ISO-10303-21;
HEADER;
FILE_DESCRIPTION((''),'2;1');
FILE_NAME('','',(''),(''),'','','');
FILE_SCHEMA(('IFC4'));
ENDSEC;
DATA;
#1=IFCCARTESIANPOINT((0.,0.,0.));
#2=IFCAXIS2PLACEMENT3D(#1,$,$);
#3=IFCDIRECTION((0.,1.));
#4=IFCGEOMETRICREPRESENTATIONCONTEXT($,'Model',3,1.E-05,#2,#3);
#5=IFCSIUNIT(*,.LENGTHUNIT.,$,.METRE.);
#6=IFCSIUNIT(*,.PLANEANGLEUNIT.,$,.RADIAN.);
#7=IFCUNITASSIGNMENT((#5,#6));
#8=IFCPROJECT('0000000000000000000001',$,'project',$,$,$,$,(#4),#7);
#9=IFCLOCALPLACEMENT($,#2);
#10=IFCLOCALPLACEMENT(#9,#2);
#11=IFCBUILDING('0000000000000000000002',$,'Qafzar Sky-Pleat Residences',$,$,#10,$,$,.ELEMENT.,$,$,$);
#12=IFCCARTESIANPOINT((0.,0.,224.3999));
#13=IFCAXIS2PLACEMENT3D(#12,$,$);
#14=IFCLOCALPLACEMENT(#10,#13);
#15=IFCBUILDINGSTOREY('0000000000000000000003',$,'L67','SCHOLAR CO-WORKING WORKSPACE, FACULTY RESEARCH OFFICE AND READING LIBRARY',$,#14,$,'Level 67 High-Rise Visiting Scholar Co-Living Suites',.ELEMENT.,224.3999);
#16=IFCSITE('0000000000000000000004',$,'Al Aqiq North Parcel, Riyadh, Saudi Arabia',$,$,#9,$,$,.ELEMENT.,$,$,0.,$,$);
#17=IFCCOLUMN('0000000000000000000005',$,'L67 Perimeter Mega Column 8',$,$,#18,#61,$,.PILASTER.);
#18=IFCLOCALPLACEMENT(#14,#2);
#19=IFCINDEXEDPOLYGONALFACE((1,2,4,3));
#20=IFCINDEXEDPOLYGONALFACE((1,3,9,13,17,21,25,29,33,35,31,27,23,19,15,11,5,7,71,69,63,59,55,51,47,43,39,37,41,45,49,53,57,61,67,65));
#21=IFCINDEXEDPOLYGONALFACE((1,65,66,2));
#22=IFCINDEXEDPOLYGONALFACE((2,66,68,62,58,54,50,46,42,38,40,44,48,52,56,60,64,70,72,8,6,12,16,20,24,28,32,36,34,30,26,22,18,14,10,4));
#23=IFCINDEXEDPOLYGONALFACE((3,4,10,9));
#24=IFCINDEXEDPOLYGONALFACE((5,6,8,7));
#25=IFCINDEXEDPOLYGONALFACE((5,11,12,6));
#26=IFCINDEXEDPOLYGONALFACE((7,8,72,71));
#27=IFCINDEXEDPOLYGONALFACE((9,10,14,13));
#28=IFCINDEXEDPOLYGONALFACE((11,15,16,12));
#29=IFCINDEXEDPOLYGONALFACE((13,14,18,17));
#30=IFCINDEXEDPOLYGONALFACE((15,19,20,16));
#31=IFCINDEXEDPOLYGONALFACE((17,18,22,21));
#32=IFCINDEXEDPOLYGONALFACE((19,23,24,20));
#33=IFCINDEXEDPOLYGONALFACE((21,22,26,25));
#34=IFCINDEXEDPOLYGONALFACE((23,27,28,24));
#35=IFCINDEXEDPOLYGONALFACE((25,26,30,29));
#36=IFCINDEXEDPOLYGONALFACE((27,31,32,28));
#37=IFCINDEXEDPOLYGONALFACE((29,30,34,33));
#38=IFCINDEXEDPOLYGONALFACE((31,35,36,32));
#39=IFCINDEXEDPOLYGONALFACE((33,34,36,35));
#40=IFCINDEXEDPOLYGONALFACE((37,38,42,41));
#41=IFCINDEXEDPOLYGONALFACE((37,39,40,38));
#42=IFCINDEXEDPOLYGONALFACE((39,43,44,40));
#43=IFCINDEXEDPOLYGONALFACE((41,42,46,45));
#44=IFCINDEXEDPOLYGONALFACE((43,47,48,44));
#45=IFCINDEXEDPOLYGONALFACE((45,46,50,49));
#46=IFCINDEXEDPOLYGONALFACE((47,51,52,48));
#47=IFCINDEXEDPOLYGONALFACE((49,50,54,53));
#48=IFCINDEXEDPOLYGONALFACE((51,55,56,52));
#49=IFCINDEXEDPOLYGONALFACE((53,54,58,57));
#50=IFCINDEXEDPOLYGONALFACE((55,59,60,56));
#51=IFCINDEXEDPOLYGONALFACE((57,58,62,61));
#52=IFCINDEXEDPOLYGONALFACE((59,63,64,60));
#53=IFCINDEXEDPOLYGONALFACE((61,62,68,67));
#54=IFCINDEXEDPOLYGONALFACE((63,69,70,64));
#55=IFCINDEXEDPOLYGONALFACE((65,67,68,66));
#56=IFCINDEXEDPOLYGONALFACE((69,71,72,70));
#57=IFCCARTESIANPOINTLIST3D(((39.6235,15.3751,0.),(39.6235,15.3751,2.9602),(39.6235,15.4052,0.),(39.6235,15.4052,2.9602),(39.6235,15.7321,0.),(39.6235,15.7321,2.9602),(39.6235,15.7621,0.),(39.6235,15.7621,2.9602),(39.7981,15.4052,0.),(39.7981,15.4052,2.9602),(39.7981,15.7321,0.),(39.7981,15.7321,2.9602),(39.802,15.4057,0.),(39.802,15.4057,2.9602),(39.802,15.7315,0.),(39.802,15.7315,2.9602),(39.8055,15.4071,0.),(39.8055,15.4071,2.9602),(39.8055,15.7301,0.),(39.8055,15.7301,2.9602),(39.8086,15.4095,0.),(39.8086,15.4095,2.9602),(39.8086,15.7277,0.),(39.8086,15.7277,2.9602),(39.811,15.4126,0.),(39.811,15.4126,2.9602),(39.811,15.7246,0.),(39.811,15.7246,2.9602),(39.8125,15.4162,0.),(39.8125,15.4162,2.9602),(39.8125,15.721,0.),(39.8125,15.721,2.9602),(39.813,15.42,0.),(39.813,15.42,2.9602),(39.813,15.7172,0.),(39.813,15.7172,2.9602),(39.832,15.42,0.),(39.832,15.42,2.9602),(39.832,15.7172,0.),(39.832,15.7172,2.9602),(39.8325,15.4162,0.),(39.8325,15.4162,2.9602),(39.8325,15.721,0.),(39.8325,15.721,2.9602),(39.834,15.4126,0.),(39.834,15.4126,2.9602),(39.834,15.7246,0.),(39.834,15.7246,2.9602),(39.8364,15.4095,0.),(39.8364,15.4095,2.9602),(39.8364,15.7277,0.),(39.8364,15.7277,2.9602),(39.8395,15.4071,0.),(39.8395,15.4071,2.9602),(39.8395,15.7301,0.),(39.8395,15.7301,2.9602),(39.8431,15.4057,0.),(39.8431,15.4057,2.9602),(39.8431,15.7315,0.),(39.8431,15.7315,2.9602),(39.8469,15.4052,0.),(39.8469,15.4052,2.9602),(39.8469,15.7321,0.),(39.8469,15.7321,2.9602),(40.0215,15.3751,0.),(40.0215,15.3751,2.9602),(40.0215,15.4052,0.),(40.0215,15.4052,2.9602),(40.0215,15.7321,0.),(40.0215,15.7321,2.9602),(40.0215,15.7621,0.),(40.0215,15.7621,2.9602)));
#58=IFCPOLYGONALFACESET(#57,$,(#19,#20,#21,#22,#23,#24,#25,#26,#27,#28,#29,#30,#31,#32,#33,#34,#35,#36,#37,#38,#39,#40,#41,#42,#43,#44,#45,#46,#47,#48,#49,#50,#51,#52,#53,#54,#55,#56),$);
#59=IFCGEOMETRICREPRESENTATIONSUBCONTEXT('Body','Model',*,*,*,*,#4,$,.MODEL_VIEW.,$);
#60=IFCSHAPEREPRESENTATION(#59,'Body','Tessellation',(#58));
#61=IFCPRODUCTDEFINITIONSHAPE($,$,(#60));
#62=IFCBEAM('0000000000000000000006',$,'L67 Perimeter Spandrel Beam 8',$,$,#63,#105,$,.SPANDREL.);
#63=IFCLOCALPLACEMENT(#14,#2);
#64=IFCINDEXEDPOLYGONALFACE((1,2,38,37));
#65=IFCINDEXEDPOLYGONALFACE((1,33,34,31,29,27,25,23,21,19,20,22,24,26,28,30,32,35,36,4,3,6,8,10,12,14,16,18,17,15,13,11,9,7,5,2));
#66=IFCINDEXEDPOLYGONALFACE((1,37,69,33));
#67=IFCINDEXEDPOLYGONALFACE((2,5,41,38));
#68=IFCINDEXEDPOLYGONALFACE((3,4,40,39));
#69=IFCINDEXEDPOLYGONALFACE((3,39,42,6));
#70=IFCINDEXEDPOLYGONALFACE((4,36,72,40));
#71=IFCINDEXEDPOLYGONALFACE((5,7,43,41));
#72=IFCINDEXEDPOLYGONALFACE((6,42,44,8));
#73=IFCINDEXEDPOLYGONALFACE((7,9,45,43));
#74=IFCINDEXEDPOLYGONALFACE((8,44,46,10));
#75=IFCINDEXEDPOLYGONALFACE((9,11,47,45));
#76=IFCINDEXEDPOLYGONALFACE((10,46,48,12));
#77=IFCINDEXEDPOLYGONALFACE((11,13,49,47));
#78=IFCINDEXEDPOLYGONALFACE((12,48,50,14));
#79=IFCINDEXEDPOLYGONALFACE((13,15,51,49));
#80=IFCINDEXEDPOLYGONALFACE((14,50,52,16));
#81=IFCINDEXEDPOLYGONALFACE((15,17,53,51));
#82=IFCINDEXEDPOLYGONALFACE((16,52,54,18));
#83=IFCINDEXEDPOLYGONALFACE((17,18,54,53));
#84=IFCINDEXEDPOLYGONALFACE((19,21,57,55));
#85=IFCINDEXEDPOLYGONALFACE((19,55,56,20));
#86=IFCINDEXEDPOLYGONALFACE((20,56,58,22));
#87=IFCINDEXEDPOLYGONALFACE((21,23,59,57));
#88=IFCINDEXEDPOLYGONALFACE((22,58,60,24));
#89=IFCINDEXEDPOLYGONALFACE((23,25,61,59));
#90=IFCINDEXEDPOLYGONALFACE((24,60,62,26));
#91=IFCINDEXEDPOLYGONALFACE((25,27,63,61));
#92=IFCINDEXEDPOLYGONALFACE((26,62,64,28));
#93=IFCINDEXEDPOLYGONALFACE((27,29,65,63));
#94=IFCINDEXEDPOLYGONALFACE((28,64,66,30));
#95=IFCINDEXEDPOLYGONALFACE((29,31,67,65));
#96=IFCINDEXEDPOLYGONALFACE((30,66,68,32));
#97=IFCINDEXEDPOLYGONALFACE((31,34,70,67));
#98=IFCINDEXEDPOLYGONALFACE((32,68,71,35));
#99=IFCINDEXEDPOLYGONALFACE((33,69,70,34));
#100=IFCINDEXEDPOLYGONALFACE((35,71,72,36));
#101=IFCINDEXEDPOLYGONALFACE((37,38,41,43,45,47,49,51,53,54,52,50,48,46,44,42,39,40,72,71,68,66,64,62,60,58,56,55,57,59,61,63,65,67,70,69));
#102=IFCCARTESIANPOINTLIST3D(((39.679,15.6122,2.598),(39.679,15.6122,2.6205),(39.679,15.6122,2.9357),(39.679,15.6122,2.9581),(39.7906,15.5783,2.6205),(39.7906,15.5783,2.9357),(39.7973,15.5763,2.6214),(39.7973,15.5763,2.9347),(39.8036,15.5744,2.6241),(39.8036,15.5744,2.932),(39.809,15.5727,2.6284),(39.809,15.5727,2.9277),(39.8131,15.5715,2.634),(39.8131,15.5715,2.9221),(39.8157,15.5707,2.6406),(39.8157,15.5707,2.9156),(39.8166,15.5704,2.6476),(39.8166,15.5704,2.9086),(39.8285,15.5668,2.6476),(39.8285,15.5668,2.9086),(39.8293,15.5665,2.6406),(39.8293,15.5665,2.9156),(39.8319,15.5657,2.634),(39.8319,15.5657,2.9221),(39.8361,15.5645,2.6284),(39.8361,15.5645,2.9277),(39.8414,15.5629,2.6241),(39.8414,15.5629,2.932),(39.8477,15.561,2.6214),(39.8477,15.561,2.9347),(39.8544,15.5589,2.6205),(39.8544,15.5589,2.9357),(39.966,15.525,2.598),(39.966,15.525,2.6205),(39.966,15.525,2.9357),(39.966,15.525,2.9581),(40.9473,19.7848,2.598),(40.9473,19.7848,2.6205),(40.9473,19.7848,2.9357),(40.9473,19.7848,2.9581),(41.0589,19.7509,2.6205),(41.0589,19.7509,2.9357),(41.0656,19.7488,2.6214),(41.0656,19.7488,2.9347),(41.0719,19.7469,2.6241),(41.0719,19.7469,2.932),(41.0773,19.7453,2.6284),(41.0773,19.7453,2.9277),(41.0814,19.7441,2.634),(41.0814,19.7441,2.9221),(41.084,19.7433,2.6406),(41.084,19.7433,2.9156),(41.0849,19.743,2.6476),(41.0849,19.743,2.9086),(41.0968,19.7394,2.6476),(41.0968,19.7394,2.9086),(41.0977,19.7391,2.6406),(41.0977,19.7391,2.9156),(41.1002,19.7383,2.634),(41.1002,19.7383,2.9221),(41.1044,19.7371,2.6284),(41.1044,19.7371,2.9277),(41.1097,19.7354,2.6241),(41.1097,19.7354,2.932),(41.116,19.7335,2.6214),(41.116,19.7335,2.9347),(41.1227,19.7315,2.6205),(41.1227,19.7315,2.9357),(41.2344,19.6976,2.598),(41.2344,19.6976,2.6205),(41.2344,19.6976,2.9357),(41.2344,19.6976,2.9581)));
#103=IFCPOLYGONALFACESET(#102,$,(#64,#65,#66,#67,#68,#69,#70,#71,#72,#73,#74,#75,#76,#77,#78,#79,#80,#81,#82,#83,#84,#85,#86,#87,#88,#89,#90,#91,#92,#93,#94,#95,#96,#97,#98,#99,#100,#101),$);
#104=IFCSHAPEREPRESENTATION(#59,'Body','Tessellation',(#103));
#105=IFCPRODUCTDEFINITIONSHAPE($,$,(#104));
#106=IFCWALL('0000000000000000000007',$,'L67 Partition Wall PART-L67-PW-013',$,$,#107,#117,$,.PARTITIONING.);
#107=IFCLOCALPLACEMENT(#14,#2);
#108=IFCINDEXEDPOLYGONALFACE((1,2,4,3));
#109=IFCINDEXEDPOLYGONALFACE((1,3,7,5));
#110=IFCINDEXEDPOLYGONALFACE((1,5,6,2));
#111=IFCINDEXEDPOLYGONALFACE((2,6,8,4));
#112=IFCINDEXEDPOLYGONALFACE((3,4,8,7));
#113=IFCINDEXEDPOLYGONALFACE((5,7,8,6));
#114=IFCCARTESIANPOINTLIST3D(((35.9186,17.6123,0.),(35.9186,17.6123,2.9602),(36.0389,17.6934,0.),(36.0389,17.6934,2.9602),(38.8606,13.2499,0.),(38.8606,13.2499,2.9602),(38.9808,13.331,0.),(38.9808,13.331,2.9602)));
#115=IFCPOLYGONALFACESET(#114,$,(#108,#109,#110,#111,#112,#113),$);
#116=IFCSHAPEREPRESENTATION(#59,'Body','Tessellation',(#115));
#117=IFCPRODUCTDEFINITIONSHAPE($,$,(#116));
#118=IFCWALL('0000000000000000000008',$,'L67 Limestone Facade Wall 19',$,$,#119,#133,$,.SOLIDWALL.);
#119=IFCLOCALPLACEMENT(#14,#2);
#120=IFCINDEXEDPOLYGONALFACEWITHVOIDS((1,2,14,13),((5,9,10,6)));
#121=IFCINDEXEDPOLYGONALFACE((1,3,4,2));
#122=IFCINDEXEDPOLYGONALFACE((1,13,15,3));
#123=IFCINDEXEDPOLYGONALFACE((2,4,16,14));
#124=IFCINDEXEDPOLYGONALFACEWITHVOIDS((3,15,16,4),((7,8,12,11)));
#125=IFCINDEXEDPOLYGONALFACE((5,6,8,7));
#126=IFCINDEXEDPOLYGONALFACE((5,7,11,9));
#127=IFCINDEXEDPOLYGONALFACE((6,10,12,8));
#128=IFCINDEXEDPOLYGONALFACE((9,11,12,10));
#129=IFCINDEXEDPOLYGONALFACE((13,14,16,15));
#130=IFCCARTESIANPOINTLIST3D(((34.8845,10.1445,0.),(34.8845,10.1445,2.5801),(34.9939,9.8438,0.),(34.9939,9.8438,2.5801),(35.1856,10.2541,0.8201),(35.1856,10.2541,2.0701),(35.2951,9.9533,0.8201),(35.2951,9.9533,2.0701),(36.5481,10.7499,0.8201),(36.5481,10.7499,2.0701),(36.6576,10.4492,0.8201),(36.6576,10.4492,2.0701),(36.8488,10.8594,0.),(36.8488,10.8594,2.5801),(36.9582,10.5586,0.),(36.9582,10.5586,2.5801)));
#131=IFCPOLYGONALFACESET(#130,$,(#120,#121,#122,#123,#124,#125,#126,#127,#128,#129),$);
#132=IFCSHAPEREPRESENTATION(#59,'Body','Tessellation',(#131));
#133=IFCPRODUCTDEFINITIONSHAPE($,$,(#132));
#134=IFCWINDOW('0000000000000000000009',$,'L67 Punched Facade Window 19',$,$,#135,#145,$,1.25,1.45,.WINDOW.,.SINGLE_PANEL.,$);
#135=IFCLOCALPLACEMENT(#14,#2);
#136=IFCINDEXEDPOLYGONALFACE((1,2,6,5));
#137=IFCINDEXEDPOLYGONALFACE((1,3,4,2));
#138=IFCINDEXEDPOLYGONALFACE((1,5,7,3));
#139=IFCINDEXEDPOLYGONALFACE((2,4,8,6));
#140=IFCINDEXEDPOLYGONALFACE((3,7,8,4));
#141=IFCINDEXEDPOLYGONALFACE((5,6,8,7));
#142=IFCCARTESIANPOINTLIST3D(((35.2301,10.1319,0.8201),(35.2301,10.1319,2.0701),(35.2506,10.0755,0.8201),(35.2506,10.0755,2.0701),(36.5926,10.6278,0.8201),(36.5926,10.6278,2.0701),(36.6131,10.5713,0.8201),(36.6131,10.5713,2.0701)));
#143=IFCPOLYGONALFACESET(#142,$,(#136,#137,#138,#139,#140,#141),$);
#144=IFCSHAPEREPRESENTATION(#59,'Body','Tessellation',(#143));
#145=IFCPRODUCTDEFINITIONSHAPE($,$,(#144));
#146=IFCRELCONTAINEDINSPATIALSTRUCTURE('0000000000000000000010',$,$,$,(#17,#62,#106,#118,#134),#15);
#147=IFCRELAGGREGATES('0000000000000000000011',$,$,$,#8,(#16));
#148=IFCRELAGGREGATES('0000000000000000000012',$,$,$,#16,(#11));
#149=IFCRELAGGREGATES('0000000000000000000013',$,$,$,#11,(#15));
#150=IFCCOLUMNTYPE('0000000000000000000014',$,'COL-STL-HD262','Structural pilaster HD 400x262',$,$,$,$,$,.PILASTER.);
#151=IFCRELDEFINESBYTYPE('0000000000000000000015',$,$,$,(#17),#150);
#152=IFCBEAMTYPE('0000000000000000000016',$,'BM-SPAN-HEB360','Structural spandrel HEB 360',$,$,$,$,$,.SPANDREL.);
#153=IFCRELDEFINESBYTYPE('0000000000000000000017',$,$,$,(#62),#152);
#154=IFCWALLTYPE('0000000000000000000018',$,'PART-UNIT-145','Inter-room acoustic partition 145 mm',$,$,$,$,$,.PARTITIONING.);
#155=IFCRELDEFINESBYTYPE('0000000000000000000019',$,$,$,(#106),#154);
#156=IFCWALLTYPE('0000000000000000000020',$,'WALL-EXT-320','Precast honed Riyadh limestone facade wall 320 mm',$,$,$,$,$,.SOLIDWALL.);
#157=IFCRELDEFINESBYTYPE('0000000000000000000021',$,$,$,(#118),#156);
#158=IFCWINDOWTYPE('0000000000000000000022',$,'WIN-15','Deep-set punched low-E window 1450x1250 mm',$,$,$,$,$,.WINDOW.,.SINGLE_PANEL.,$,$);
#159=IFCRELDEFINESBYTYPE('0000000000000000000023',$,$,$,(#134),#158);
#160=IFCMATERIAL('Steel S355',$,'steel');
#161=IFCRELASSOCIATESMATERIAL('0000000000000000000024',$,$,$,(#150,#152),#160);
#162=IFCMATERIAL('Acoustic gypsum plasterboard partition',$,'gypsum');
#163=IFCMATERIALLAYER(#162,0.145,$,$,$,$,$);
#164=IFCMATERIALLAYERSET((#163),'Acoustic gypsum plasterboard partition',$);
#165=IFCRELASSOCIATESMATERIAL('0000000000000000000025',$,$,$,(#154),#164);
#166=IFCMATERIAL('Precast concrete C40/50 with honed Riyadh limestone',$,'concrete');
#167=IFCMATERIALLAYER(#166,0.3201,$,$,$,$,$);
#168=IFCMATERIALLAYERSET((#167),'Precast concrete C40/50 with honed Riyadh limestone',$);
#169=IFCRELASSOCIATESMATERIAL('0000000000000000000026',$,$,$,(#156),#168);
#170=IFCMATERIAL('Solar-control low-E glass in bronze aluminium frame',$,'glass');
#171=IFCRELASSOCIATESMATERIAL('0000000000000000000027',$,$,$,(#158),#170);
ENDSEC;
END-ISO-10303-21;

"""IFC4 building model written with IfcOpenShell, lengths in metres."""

from ifc_helpers import new_model, si_unit, direction, frame, frame_2d, origin, origin_2d, place, context, subcontext, project, spatial, rectangle, i_section, extrude, source, transform, mapped, material, layer, layer_set, material_profile, profile_set, type_object, element, fill, save


model = new_model("IFC4")

# Units and contexts
model_context = context("Model", 3, precision=1e-05, world=origin(), true_north=direction((0.0, 1.0)))
body_context = subcontext(model_context, "Body", "Model", "MODEL_VIEW")
ifc_project = project(units=[si_unit("LENGTHUNIT", "METRE"), si_unit("PLANEANGLEUNIT", "RADIAN")], contexts=[model_context])

# Site, building, storey
site_placement = place(None, origin())
site = spatial("IfcSite", under=ifc_project, at=site_placement, Name="Al Aqiq North Parcel, Riyadh, Saudi Arabia", CompositionType="ELEMENT", RefElevation=0.0)
building_placement = place(site_placement, origin())
building = spatial("IfcBuilding", under=site, at=building_placement, Name="Qafzar Sky-Pleat Residences", CompositionType="ELEMENT")
storey_placement = place(building_placement, frame((0.0, 0.0, 224.3999)))
storey = spatial("IfcBuildingStorey", under=building, at=storey_placement, Name="L67", Description="SCHOLAR CO-WORKING WORKSPACE, FACULTY RESEARCH OFFICE AND READING LIBRARY", LongName="Level 67 High-Rise Visiting Scholar Co-Living Suites", CompositionType="ELEMENT", Elevation=224.3999)

# Column
ifc_material_1 = material(Name="Steel S355", Category="steel")
ifc_material_profile_1 = material_profile(ifc_material_1, i_section(OverallWidth=0.3979, OverallDepth=0.387, WebThickness=0.019, FlangeThickness=0.03, FilletRadius=0.0149, at=origin_2d()), Name="HD 400x262")
ifc_profile_set_1 = profile_set([ifc_material_profile_1], Name="Steel S355")
column_type = type_object("IfcColumnType", Name="COL-STL-HD262", Description="Structural pilaster HD 400x262", PredefinedType="PILASTER", material=ifc_profile_set_1)
shared_shape_1 = source(origin(), body_context, "Body", "SweptSolid", [
    extrude(i_section(OverallWidth=0.3979, OverallDepth=0.387, WebThickness=0.019, FlangeThickness=0.03, FilletRadius=0.0149, at=origin_2d()), origin(), (0.0, 0.0, 1.0), 2.9602),
])
column_placement = place(storey_placement, frame((39.8225, 15.5686, 0.0), z_axis=(0.0, 0.0, 1.0), x_axis=(1.0, 0.0, 0.0)))
element("IfcColumn", 1, at=column_placement, inside=storey, type_object=column_type, Name="L67 Perimeter Mega Column 8", PredefinedType="PILASTER", context=body_context, shape_type="MappedRepresentation", body=[
    mapped(shared_shape_1, transform((0.0, 0.0, 0.0), x_axis=(1.0, 0.0, 0.0), y_axis=(0.0, 1.0, 0.0), z_axis=(0.0, 0.0, 1.0), scale=1.0)),
])

# Beam
ifc_material_profile_2 = material_profile(ifc_material_1, i_section(OverallWidth=0.3, OverallDepth=0.3601, WebThickness=0.0125, FlangeThickness=0.0225, FilletRadius=0.0271, at=origin_2d()), Name="HEB 360")
ifc_profile_set_2 = profile_set([ifc_material_profile_2], Name="Steel S355")
beam_type = type_object("IfcBeamType", Name="BM-SPAN-HEB360", Description="Structural spandrel HEB 360", PredefinedType="SPANDREL", material=ifc_profile_set_2)
shared_shape_2 = source(origin(), body_context, "Body", "SweptSolid", [
    extrude(i_section(OverallWidth=0.3, OverallDepth=0.3601, WebThickness=0.0125, FlangeThickness=0.0225, FilletRadius=0.0271, at=origin_2d()), origin(), (0.0, 0.0, 1.0), 4.3611),
])
beam_placement = place(storey_placement, frame((39.8225, 15.5686, 2.7781), z_axis=(0.290823, 0.956777, 0.0), x_axis=(-0.956777, 0.290823, 0.0)))
element("IfcBeam", 2, at=beam_placement, inside=storey, type_object=beam_type, Name="L67 Perimeter Spandrel Beam 8", PredefinedType="SPANDREL", context=body_context, shape_type="MappedRepresentation", body=[
    mapped(shared_shape_2, transform((0.0, 0.0, 0.0), x_axis=(1.0, 0.0, 0.0), y_axis=(0.0, 1.0, 0.0), z_axis=(0.0, 0.0, 1.0), scale=1.0)),
])

# Wall
ifc_material_2 = material(Name="Acoustic gypsum plasterboard partition", Category="gypsum")
ifc_layer_1 = layer(ifc_material_2, 0.145)
ifc_layer_set_1 = layer_set([ifc_layer_1], Name="Acoustic gypsum plasterboard partition")
wall_type_1 = type_object("IfcWallType", Name="PART-UNIT-145", Description="Inter-room acoustic partition 145 mm", PredefinedType="PARTITIONING", material=ifc_layer_set_1)
wall_1_placement = place(storey_placement, frame((35.9788, 17.6528, 0.0), z_axis=(0.0, 0.0, 1.0), x_axis=(0.559125, -0.829083, 0.0)))
element("IfcWall", 3, at=wall_1_placement, inside=storey, type_object=wall_type_1, Name="L67 Partition Wall PART-L67-PW-013", PredefinedType="PARTITIONING", context=body_context, shape_type="SweptSolid", body=[
    extrude(rectangle(XDim=5.2617, YDim=0.145, at=frame_2d((2.6309, 0.0))), origin(), (0.0, 0.0, 1.0), 2.9602),
])

# Wall, opening, window
ifc_material_3 = material(Name="Precast concrete C40/50 with honed Riyadh limestone", Category="concrete")
ifc_layer_2 = layer(ifc_material_3, 0.3201)
ifc_layer_set_2 = layer_set([ifc_layer_2], Name="Precast concrete C40/50 with honed Riyadh limestone")
wall_type_2 = type_object("IfcWallType", Name="WALL-EXT-320", Description="Precast honed Riyadh limestone facade wall 320 mm", PredefinedType="SOLIDWALL", material=ifc_layer_set_2)
wall_2_placement = place(storey_placement, frame((34.9392, 9.9941, 0.0), z_axis=(0.0, 0.0, 1.0), x_axis=(0.939712, 0.341968, 0.0)))
wall_2 = element("IfcWall", 4, at=wall_2_placement, inside=storey, type_object=wall_type_2, Name="L67 Limestone Facade Wall 19", PredefinedType="SOLIDWALL", context=body_context, shape_type="SweptSolid", body=[
    extrude(rectangle(XDim=2.0903, YDim=0.3201, at=frame_2d((1.0452, 0.0))), origin(), (0.0, 0.0, 1.0), 2.5801),
])
opening_1_placement = place(wall_2_placement, frame((0.3203, 0.0, 0.8201)))
opening_1 = element("IfcOpeningElement", 5, at=opening_1_placement, cuts=wall_2, PredefinedType="OPENING", context=body_context, shape_type="SweptSolid", body=[
    extrude(rectangle(XDim=1.45, YDim=1.25, at=frame_2d((0.7251, 0.625))), frame((0.0, 0.1699, 0.0), z_axis=(0.0, -1.0, 0.0), x_axis=(1.0, 0.0, 0.0)), (0.0, 0.0, 1.0), 0.3401),
])
ifc_material_4 = material(Name="Solar-control low-E glass in bronze aluminium frame", Category="glass")
window_type_1 = type_object("IfcWindowType", Name="WIN-15", Description="Deep-set punched low-E window 1450x1250 mm", PartitioningType="SINGLE_PANEL", PredefinedType="WINDOW", material=ifc_material_4)
shared_shape_3 = source(origin(), body_context, "Body", "SweptSolid", [
    extrude(rectangle(XDim=1.45, YDim=1.25, at=frame_2d((0.7251, 0.625))), frame((0.0, 0.03, 0.0), z_axis=(0.0, -1.0, 0.0), x_axis=(1.0, 0.0, 0.0)), (0.0, 0.0, 1.0), 0.0601),
])
window_1_placement = place(opening_1_placement, origin())
window_1 = element("IfcWindow", 6, at=window_1_placement, inside=storey, type_object=window_type_1, Name="L67 Punched Facade Window 19", OverallHeight=1.25, OverallWidth=1.45, PartitioningType="SINGLE_PANEL", PredefinedType="WINDOW", context=body_context, shape_type="MappedRepresentation", body=[
    mapped(shared_shape_3, transform((0.0, 0.0, 0.0), x_axis=(1.0, 0.0, 0.0), y_axis=(0.0, 1.0, 0.0), z_axis=(0.0, 0.0, 1.0), scale=1.0)),
])
fill(opening_1, window_1)

save(model, "model.ifc")
